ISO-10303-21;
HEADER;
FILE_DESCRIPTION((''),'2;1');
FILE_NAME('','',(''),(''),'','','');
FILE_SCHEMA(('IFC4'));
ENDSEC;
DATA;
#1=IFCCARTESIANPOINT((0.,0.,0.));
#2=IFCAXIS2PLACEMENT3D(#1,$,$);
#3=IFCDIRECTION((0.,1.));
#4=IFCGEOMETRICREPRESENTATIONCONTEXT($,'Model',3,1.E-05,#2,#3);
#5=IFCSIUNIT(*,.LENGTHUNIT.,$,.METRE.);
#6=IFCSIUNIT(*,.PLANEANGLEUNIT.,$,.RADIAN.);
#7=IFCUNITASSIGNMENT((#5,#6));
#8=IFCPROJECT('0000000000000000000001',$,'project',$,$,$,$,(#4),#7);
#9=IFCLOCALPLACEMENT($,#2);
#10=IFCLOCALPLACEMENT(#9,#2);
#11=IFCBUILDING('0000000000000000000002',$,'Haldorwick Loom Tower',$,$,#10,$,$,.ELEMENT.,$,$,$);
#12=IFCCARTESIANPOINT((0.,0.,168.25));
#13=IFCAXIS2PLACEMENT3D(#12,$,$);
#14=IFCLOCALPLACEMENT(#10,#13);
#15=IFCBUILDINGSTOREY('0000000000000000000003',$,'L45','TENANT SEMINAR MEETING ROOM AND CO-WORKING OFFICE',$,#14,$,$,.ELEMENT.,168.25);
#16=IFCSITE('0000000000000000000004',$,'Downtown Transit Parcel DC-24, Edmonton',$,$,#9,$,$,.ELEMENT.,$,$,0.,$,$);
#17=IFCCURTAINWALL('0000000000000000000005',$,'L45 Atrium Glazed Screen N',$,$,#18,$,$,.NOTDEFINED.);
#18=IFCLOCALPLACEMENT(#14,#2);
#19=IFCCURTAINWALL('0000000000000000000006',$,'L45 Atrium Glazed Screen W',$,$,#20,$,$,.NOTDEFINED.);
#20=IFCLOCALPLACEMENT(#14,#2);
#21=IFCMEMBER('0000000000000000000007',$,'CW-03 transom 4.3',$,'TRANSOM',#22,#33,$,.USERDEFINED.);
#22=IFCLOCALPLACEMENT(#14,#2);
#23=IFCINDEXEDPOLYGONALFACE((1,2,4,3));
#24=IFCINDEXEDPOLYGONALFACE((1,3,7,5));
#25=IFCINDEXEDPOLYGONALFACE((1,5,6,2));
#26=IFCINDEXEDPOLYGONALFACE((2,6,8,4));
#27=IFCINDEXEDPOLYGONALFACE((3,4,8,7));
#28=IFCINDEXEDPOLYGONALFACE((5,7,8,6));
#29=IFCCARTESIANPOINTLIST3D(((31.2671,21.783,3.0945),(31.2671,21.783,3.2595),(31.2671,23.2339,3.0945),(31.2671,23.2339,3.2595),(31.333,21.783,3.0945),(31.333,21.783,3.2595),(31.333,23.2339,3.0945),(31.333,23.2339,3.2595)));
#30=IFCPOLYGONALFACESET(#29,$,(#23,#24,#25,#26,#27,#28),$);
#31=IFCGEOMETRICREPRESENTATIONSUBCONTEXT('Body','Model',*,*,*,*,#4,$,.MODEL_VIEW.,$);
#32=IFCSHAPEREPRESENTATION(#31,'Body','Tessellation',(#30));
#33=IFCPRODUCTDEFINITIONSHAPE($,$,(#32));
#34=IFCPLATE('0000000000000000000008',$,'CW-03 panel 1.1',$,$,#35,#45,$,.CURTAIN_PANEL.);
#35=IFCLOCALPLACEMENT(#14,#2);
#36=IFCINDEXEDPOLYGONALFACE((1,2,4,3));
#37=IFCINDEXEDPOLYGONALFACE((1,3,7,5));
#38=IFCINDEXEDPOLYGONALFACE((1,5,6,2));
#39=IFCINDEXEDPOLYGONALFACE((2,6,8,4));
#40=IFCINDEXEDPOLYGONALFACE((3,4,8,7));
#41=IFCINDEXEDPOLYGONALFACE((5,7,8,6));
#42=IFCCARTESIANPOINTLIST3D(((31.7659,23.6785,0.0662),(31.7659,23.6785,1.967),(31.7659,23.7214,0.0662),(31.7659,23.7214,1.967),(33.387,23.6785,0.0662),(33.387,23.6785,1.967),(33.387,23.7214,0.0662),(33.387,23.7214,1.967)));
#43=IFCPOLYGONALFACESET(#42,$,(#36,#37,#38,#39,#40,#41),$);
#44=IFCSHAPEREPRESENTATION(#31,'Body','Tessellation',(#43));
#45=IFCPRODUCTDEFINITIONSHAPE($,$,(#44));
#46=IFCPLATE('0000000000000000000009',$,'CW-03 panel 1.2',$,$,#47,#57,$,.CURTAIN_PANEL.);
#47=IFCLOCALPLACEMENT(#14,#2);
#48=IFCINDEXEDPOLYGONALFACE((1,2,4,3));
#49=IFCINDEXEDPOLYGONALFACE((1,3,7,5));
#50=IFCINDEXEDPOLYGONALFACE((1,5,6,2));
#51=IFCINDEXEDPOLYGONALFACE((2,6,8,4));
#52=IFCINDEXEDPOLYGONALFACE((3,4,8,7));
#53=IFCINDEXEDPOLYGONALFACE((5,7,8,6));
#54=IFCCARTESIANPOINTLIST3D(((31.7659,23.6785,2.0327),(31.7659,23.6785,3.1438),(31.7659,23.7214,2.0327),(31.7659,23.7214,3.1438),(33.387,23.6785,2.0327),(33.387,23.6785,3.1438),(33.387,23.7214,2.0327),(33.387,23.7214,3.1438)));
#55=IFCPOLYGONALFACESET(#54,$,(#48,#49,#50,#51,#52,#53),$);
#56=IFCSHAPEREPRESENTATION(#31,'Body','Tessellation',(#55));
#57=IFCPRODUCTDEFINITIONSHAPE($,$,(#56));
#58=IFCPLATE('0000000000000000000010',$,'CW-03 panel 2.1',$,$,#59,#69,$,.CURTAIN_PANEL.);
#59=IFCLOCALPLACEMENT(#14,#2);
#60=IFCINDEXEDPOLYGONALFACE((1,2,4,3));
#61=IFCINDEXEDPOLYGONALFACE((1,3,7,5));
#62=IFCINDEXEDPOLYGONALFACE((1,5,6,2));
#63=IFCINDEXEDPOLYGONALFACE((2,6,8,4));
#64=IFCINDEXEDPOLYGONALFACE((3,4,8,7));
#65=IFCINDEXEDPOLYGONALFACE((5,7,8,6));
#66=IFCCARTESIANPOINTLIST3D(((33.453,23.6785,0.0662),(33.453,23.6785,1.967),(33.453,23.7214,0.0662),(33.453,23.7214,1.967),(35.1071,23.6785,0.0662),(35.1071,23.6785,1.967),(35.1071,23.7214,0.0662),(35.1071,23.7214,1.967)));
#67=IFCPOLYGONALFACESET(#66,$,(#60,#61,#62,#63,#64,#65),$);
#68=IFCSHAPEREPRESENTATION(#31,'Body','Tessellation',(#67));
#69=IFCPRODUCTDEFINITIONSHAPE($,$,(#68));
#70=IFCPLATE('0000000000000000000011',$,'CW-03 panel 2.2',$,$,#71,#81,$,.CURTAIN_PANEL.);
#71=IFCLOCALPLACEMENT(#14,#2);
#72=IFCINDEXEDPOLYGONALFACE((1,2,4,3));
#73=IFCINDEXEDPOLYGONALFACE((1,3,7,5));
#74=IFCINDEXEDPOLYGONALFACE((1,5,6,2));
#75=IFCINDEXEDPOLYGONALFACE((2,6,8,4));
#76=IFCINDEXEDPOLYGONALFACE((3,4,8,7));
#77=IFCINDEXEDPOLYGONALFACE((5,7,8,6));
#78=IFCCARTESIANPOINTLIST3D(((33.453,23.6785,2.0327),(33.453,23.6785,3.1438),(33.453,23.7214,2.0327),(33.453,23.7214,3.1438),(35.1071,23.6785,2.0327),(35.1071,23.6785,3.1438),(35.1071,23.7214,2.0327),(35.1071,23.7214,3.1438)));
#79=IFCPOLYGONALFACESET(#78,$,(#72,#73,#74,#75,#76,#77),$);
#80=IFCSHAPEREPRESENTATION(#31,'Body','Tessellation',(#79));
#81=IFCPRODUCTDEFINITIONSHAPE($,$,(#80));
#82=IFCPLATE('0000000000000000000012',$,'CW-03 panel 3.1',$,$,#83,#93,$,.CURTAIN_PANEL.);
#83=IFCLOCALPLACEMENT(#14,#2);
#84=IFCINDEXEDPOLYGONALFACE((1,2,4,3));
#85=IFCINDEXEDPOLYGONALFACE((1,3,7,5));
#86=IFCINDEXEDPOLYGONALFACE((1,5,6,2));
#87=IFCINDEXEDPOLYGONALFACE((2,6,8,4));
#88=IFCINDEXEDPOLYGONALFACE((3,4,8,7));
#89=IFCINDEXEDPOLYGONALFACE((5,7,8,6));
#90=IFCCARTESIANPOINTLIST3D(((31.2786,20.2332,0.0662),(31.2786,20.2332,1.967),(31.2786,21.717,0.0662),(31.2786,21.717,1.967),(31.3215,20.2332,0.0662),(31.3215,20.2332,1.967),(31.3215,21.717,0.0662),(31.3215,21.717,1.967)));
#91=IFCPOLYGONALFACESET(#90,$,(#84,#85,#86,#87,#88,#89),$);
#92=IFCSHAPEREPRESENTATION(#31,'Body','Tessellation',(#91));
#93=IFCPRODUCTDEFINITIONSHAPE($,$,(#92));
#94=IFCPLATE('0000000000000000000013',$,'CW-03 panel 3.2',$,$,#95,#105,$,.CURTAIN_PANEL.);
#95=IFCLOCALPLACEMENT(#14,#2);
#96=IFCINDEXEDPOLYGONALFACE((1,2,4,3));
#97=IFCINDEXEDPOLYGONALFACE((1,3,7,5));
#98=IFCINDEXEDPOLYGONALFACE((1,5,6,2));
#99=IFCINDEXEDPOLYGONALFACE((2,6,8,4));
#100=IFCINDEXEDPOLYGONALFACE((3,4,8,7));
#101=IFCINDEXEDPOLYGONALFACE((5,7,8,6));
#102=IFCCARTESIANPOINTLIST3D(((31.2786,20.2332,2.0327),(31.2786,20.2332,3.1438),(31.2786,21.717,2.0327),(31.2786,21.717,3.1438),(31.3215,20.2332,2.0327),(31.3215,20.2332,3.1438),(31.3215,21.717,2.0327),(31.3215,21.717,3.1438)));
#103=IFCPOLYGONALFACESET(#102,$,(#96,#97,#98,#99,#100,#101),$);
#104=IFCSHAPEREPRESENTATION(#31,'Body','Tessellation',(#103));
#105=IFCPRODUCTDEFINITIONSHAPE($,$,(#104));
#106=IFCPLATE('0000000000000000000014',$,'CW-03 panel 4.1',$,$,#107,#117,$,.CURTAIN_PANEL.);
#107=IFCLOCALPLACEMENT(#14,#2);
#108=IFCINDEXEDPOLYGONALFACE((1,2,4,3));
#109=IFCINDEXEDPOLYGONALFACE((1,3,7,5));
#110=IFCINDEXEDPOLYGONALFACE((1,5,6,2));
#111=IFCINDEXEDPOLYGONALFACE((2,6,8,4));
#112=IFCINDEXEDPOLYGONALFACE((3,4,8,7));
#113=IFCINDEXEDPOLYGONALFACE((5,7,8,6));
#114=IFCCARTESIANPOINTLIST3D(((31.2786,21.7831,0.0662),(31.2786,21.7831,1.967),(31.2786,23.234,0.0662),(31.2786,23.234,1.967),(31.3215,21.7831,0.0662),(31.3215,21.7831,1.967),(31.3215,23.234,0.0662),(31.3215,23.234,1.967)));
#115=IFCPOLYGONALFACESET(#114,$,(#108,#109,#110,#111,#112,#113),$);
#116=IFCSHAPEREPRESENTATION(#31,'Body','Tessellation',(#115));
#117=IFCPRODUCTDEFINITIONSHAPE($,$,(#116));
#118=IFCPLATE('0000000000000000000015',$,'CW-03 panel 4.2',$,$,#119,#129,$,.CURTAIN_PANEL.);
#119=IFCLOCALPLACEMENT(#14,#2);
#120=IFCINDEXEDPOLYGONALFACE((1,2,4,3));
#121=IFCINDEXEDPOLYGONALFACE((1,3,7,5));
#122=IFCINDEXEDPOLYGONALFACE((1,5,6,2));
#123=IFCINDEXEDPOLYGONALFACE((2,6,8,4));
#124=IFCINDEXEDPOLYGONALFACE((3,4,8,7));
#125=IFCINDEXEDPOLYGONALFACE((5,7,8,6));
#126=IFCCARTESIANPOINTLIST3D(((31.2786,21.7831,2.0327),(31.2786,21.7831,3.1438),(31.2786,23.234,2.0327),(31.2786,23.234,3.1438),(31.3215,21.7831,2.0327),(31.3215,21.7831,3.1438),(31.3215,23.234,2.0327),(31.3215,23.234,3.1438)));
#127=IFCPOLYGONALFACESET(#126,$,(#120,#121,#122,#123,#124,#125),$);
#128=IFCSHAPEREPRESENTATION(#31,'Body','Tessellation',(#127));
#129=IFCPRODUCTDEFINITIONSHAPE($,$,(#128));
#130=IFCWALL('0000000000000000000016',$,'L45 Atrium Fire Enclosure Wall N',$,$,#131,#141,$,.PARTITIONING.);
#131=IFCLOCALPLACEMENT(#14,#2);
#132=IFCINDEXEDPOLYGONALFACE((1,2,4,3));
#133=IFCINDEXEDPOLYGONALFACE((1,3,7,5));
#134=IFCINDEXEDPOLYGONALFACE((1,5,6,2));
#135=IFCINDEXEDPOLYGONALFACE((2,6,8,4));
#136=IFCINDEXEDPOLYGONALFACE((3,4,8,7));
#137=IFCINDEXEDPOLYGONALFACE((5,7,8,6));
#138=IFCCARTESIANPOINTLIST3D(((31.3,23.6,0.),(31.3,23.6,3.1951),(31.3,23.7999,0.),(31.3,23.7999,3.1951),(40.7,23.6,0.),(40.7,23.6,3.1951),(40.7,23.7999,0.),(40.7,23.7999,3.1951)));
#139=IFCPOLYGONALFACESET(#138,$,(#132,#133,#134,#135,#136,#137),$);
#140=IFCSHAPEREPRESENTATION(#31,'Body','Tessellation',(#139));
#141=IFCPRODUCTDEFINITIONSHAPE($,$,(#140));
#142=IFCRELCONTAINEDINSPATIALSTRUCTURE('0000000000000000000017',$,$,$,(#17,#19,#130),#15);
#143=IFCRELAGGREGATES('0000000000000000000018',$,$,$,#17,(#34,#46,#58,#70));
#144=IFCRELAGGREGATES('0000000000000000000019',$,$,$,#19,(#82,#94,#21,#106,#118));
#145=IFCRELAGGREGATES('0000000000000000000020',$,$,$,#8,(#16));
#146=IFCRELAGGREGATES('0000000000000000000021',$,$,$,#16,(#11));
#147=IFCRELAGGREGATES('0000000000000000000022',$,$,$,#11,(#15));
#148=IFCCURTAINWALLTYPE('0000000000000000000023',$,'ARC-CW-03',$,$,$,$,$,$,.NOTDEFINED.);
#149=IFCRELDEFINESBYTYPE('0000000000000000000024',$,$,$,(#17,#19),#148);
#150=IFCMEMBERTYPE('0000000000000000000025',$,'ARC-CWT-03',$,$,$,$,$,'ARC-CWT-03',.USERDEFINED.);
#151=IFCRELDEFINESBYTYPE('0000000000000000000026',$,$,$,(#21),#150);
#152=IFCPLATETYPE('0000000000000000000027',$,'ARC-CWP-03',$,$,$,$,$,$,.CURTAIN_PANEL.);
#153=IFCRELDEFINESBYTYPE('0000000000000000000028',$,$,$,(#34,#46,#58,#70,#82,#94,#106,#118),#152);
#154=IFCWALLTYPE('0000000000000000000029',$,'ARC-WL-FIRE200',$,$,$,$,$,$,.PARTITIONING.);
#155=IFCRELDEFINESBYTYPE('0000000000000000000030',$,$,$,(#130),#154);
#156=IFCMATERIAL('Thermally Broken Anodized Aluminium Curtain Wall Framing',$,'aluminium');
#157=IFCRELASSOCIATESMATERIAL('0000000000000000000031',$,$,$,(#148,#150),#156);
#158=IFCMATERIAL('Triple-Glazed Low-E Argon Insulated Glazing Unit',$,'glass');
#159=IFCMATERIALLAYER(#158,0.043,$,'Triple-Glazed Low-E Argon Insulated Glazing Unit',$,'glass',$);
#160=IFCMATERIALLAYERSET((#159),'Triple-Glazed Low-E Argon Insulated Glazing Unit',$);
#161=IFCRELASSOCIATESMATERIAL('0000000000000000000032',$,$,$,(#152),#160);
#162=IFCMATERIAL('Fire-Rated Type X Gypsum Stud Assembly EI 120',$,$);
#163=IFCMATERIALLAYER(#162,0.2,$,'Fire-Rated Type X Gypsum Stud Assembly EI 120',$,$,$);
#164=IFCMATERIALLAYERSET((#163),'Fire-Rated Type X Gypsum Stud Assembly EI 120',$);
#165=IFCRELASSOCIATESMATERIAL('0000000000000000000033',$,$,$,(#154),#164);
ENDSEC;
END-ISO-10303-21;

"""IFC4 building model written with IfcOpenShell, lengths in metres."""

from ifc_helpers import new_model, si_unit, direction, frame, frame_2d, origin, origin_2d, place, context, subcontext, project, spatial, rectangle, extrude, material, layer, layer_set, material_profile, profile_set, type_object, element, aggregate, save


model = new_model("IFC4")

# Units and contexts
model_context = context("Model", 3, precision=1e-05, world=origin(), true_north=direction((0.0, 1.0)))
body_context = subcontext(model_context, "Body", "Model", "MODEL_VIEW")
ifc_project = project(units=[si_unit("LENGTHUNIT", "METRE"), si_unit("PLANEANGLEUNIT", "RADIAN")], contexts=[model_context])

# Site, building, storey
site_placement = place(None, origin())
site = spatial("IfcSite", under=ifc_project, at=site_placement, Name="Downtown Transit Parcel DC-24, Edmonton", CompositionType="ELEMENT", RefElevation=0.0)
building_placement = place(site_placement, origin())
building = spatial("IfcBuilding", under=site, at=building_placement, Name="Haldorwick Loom Tower", CompositionType="ELEMENT")
storey_placement = place(building_placement, frame((0.0, 0.0, 168.25)))
storey = spatial("IfcBuildingStorey", under=building, at=storey_placement, Name="L45", Description="TENANT SEMINAR MEETING ROOM AND CO-WORKING OFFICE", CompositionType="ELEMENT", Elevation=168.25)

# Curtain walls
ifc_material_1 = material(Name="Thermally Broken Anodized Aluminium Curtain Wall Framing", Category="aluminium")
curtain_wall_type = type_object("IfcCurtainWallType", Name="ARC-CW-03", PredefinedType="NOTDEFINED", material=ifc_material_1)
curtain_wall_1_placement = place(storey_placement, origin())
curtain_wall_1 = element("IfcCurtainWall", 1, at=curtain_wall_1_placement, inside=storey, type_object=curtain_wall_type, Name="L45 Atrium Glazed Screen N", PredefinedType="NOTDEFINED")
curtain_wall_2_placement = place(storey_placement, origin())
curtain_wall_2 = element("IfcCurtainWall", 2, at=curtain_wall_2_placement, inside=storey, type_object=curtain_wall_type, Name="L45 Atrium Glazed Screen W", PredefinedType="NOTDEFINED")

# Member
ifc_material_profile_1 = material_profile(ifc_material_1, rectangle(XDim=0.0659, YDim=0.165, at=origin_2d()), Name="ALU_TRN_66X165", Category="aluminium")
ifc_profile_set_1 = profile_set([ifc_material_profile_1], Name="Thermally Broken Anodized Aluminium Curtain Wall Framing")
member_type_1 = type_object("IfcMemberType", Name="ARC-CWT-03", ElementType="ARC-CWT-03", PredefinedType="USERDEFINED", material=ifc_profile_set_1)
member_1_placement = place(storey_placement, frame((31.3, 21.783, 3.177), z_axis=(0.0, 1.0, 0.0), x_axis=(-1.0, 0.0, 0.0)))
member_1 = element("IfcMember", 3, at=member_1_placement, type_object=member_type_1, Name="CW-03 transom 4.3", ObjectType="TRANSOM", PredefinedType="USERDEFINED", context=body_context, shape_type="SweptSolid", body=[
    extrude(rectangle(XDim=0.0659, YDim=0.165, at=origin_2d()), origin(), (0.0, 0.0, 1.0), 1.4509),
])

# Plates
ifc_material_2 = material(Name="Triple-Glazed Low-E Argon Insulated Glazing Unit", Category="glass")
ifc_layer_1 = layer(ifc_material_2, 0.043, Name="Triple-Glazed Low-E Argon Insulated Glazing Unit", Category="glass")
ifc_layer_set_1 = layer_set([ifc_layer_1], Name="Triple-Glazed Low-E Argon Insulated Glazing Unit")
plate_type = type_object("IfcPlateType", Name="ARC-CWP-03", PredefinedType="CURTAIN_PANEL", material=ifc_layer_set_1)
plate_1_placement = place(storey_placement, frame((32.5764, 23.7, 0.0662), z_axis=(0.0, 0.0, 1.0), x_axis=(1.0, 0.0, 0.0)))
plate_1 = element("IfcPlate", 4, at=plate_1_placement, type_object=plate_type, Name="CW-03 panel 1.1", PredefinedType="CURTAIN_PANEL", context=body_context, shape_type="SweptSolid", body=[
    extrude(rectangle(XDim=1.6211, YDim=0.043, at=origin_2d()), origin(), (0.0, 0.0, 1.0), 1.9009),
])
plate_2_placement = place(storey_placement, frame((32.5764, 23.7, 2.0327), z_axis=(0.0, 0.0, 1.0), x_axis=(1.0, 0.0, 0.0)))
plate_2 = element("IfcPlate", 5, at=plate_2_placement, type_object=plate_type, Name="CW-03 panel 1.2", PredefinedType="CURTAIN_PANEL", context=body_context, shape_type="SweptSolid", body=[
    extrude(rectangle(XDim=1.6211, YDim=0.043, at=origin_2d()), origin(), (0.0, 0.0, 1.0), 1.1111),
])
plate_3_placement = place(storey_placement, frame((34.28, 23.7, 0.0662), z_axis=(0.0, 0.0, 1.0), x_axis=(1.0, 0.0, 0.0)))
plate_3 = element("IfcPlate", 6, at=plate_3_placement, type_object=plate_type, Name="CW-03 panel 2.1", PredefinedType="CURTAIN_PANEL", context=body_context, shape_type="SweptSolid", body=[
    extrude(rectangle(XDim=1.6541, YDim=0.043, at=origin_2d()), origin(), (0.0, 0.0, 1.0), 1.9009),
])
plate_4_placement = place(storey_placement, frame((34.28, 23.7, 2.0327), z_axis=(0.0, 0.0, 1.0), x_axis=(1.0, 0.0, 0.0)))
plate_4 = element("IfcPlate", 7, at=plate_4_placement, type_object=plate_type, Name="CW-03 panel 2.2", PredefinedType="CURTAIN_PANEL", context=body_context, shape_type="SweptSolid", body=[
    extrude(rectangle(XDim=1.6541, YDim=0.043, at=origin_2d()), origin(), (0.0, 0.0, 1.0), 1.1111),
])
aggregate(curtain_wall_1, [plate_1, plate_2, plate_3, plate_4])
plate_5_placement = place(storey_placement, frame((31.3, 20.9751, 0.0662), z_axis=(0.0, 0.0, 1.0), x_axis=(0.0, 1.0, 0.0)))
plate_5 = element("IfcPlate", 8, at=plate_5_placement, type_object=plate_type, Name="CW-03 panel 3.1", PredefinedType="CURTAIN_PANEL", context=body_context, shape_type="SweptSolid", body=[
    extrude(rectangle(XDim=1.4839, YDim=0.043, at=origin_2d()), origin(), (0.0, 0.0, 1.0), 1.9009),
])
plate_6_placement = place(storey_placement, frame((31.3, 20.9751, 2.0327), z_axis=(0.0, 0.0, 1.0), x_axis=(0.0, 1.0, 0.0)))
plate_6 = element("IfcPlate", 9, at=plate_6_placement, type_object=plate_type, Name="CW-03 panel 3.2", PredefinedType="CURTAIN_PANEL", context=body_context, shape_type="SweptSolid", body=[
    extrude(rectangle(XDim=1.4839, YDim=0.043, at=origin_2d()), origin(), (0.0, 0.0, 1.0), 1.1111),
])
plate_7_placement = place(storey_placement, frame((31.3, 22.5085, 0.0662), z_axis=(0.0, 0.0, 1.0), x_axis=(0.0, 1.0, 0.0)))
plate_7 = element("IfcPlate", 10, at=plate_7_placement, type_object=plate_type, Name="CW-03 panel 4.1", PredefinedType="CURTAIN_PANEL", context=body_context, shape_type="SweptSolid", body=[
    extrude(rectangle(XDim=1.4509, YDim=0.043, at=origin_2d()), origin(), (0.0, 0.0, 1.0), 1.9009),
])
plate_8_placement = place(storey_placement, frame((31.3, 22.5085, 2.0327), z_axis=(0.0, 0.0, 1.0), x_axis=(0.0, 1.0, 0.0)))
plate_8 = element("IfcPlate", 11, at=plate_8_placement, type_object=plate_type, Name="CW-03 panel 4.2", PredefinedType="CURTAIN_PANEL", context=body_context, shape_type="SweptSolid", body=[
    extrude(rectangle(XDim=1.4509, YDim=0.043, at=origin_2d()), origin(), (0.0, 0.0, 1.0), 1.1111),
])
aggregate(curtain_wall_2, [plate_5, plate_6, member_1, plate_7, plate_8])

# Wall
ifc_material_3 = material(Name="Fire-Rated Type X Gypsum Stud Assembly EI 120")
ifc_layer_2 = layer(ifc_material_3, 0.2, Name="Fire-Rated Type X Gypsum Stud Assembly EI 120")
ifc_layer_set_2 = layer_set([ifc_layer_2], Name="Fire-Rated Type X Gypsum Stud Assembly EI 120")
wall_type = type_object("IfcWallType", Name="ARC-WL-FIRE200", PredefinedType="PARTITIONING", material=ifc_layer_set_2)
wall_placement = place(storey_placement, frame((31.3, 23.7, 0.0), z_axis=(0.0, 0.0, 1.0), x_axis=(1.0, 0.0, 0.0)))
element("IfcWall", 12, at=wall_placement, inside=storey, type_object=wall_type, Name="L45 Atrium Fire Enclosure Wall N", PredefinedType="PARTITIONING", context=body_context, shape_type="SweptSolid", body=[
    extrude(rectangle(XDim=9.3999, YDim=0.2, at=frame_2d((4.7, 0.0))), origin(), (0.0, 0.0, 1.0), 3.1951),
])

save(model, "model.ifc")
